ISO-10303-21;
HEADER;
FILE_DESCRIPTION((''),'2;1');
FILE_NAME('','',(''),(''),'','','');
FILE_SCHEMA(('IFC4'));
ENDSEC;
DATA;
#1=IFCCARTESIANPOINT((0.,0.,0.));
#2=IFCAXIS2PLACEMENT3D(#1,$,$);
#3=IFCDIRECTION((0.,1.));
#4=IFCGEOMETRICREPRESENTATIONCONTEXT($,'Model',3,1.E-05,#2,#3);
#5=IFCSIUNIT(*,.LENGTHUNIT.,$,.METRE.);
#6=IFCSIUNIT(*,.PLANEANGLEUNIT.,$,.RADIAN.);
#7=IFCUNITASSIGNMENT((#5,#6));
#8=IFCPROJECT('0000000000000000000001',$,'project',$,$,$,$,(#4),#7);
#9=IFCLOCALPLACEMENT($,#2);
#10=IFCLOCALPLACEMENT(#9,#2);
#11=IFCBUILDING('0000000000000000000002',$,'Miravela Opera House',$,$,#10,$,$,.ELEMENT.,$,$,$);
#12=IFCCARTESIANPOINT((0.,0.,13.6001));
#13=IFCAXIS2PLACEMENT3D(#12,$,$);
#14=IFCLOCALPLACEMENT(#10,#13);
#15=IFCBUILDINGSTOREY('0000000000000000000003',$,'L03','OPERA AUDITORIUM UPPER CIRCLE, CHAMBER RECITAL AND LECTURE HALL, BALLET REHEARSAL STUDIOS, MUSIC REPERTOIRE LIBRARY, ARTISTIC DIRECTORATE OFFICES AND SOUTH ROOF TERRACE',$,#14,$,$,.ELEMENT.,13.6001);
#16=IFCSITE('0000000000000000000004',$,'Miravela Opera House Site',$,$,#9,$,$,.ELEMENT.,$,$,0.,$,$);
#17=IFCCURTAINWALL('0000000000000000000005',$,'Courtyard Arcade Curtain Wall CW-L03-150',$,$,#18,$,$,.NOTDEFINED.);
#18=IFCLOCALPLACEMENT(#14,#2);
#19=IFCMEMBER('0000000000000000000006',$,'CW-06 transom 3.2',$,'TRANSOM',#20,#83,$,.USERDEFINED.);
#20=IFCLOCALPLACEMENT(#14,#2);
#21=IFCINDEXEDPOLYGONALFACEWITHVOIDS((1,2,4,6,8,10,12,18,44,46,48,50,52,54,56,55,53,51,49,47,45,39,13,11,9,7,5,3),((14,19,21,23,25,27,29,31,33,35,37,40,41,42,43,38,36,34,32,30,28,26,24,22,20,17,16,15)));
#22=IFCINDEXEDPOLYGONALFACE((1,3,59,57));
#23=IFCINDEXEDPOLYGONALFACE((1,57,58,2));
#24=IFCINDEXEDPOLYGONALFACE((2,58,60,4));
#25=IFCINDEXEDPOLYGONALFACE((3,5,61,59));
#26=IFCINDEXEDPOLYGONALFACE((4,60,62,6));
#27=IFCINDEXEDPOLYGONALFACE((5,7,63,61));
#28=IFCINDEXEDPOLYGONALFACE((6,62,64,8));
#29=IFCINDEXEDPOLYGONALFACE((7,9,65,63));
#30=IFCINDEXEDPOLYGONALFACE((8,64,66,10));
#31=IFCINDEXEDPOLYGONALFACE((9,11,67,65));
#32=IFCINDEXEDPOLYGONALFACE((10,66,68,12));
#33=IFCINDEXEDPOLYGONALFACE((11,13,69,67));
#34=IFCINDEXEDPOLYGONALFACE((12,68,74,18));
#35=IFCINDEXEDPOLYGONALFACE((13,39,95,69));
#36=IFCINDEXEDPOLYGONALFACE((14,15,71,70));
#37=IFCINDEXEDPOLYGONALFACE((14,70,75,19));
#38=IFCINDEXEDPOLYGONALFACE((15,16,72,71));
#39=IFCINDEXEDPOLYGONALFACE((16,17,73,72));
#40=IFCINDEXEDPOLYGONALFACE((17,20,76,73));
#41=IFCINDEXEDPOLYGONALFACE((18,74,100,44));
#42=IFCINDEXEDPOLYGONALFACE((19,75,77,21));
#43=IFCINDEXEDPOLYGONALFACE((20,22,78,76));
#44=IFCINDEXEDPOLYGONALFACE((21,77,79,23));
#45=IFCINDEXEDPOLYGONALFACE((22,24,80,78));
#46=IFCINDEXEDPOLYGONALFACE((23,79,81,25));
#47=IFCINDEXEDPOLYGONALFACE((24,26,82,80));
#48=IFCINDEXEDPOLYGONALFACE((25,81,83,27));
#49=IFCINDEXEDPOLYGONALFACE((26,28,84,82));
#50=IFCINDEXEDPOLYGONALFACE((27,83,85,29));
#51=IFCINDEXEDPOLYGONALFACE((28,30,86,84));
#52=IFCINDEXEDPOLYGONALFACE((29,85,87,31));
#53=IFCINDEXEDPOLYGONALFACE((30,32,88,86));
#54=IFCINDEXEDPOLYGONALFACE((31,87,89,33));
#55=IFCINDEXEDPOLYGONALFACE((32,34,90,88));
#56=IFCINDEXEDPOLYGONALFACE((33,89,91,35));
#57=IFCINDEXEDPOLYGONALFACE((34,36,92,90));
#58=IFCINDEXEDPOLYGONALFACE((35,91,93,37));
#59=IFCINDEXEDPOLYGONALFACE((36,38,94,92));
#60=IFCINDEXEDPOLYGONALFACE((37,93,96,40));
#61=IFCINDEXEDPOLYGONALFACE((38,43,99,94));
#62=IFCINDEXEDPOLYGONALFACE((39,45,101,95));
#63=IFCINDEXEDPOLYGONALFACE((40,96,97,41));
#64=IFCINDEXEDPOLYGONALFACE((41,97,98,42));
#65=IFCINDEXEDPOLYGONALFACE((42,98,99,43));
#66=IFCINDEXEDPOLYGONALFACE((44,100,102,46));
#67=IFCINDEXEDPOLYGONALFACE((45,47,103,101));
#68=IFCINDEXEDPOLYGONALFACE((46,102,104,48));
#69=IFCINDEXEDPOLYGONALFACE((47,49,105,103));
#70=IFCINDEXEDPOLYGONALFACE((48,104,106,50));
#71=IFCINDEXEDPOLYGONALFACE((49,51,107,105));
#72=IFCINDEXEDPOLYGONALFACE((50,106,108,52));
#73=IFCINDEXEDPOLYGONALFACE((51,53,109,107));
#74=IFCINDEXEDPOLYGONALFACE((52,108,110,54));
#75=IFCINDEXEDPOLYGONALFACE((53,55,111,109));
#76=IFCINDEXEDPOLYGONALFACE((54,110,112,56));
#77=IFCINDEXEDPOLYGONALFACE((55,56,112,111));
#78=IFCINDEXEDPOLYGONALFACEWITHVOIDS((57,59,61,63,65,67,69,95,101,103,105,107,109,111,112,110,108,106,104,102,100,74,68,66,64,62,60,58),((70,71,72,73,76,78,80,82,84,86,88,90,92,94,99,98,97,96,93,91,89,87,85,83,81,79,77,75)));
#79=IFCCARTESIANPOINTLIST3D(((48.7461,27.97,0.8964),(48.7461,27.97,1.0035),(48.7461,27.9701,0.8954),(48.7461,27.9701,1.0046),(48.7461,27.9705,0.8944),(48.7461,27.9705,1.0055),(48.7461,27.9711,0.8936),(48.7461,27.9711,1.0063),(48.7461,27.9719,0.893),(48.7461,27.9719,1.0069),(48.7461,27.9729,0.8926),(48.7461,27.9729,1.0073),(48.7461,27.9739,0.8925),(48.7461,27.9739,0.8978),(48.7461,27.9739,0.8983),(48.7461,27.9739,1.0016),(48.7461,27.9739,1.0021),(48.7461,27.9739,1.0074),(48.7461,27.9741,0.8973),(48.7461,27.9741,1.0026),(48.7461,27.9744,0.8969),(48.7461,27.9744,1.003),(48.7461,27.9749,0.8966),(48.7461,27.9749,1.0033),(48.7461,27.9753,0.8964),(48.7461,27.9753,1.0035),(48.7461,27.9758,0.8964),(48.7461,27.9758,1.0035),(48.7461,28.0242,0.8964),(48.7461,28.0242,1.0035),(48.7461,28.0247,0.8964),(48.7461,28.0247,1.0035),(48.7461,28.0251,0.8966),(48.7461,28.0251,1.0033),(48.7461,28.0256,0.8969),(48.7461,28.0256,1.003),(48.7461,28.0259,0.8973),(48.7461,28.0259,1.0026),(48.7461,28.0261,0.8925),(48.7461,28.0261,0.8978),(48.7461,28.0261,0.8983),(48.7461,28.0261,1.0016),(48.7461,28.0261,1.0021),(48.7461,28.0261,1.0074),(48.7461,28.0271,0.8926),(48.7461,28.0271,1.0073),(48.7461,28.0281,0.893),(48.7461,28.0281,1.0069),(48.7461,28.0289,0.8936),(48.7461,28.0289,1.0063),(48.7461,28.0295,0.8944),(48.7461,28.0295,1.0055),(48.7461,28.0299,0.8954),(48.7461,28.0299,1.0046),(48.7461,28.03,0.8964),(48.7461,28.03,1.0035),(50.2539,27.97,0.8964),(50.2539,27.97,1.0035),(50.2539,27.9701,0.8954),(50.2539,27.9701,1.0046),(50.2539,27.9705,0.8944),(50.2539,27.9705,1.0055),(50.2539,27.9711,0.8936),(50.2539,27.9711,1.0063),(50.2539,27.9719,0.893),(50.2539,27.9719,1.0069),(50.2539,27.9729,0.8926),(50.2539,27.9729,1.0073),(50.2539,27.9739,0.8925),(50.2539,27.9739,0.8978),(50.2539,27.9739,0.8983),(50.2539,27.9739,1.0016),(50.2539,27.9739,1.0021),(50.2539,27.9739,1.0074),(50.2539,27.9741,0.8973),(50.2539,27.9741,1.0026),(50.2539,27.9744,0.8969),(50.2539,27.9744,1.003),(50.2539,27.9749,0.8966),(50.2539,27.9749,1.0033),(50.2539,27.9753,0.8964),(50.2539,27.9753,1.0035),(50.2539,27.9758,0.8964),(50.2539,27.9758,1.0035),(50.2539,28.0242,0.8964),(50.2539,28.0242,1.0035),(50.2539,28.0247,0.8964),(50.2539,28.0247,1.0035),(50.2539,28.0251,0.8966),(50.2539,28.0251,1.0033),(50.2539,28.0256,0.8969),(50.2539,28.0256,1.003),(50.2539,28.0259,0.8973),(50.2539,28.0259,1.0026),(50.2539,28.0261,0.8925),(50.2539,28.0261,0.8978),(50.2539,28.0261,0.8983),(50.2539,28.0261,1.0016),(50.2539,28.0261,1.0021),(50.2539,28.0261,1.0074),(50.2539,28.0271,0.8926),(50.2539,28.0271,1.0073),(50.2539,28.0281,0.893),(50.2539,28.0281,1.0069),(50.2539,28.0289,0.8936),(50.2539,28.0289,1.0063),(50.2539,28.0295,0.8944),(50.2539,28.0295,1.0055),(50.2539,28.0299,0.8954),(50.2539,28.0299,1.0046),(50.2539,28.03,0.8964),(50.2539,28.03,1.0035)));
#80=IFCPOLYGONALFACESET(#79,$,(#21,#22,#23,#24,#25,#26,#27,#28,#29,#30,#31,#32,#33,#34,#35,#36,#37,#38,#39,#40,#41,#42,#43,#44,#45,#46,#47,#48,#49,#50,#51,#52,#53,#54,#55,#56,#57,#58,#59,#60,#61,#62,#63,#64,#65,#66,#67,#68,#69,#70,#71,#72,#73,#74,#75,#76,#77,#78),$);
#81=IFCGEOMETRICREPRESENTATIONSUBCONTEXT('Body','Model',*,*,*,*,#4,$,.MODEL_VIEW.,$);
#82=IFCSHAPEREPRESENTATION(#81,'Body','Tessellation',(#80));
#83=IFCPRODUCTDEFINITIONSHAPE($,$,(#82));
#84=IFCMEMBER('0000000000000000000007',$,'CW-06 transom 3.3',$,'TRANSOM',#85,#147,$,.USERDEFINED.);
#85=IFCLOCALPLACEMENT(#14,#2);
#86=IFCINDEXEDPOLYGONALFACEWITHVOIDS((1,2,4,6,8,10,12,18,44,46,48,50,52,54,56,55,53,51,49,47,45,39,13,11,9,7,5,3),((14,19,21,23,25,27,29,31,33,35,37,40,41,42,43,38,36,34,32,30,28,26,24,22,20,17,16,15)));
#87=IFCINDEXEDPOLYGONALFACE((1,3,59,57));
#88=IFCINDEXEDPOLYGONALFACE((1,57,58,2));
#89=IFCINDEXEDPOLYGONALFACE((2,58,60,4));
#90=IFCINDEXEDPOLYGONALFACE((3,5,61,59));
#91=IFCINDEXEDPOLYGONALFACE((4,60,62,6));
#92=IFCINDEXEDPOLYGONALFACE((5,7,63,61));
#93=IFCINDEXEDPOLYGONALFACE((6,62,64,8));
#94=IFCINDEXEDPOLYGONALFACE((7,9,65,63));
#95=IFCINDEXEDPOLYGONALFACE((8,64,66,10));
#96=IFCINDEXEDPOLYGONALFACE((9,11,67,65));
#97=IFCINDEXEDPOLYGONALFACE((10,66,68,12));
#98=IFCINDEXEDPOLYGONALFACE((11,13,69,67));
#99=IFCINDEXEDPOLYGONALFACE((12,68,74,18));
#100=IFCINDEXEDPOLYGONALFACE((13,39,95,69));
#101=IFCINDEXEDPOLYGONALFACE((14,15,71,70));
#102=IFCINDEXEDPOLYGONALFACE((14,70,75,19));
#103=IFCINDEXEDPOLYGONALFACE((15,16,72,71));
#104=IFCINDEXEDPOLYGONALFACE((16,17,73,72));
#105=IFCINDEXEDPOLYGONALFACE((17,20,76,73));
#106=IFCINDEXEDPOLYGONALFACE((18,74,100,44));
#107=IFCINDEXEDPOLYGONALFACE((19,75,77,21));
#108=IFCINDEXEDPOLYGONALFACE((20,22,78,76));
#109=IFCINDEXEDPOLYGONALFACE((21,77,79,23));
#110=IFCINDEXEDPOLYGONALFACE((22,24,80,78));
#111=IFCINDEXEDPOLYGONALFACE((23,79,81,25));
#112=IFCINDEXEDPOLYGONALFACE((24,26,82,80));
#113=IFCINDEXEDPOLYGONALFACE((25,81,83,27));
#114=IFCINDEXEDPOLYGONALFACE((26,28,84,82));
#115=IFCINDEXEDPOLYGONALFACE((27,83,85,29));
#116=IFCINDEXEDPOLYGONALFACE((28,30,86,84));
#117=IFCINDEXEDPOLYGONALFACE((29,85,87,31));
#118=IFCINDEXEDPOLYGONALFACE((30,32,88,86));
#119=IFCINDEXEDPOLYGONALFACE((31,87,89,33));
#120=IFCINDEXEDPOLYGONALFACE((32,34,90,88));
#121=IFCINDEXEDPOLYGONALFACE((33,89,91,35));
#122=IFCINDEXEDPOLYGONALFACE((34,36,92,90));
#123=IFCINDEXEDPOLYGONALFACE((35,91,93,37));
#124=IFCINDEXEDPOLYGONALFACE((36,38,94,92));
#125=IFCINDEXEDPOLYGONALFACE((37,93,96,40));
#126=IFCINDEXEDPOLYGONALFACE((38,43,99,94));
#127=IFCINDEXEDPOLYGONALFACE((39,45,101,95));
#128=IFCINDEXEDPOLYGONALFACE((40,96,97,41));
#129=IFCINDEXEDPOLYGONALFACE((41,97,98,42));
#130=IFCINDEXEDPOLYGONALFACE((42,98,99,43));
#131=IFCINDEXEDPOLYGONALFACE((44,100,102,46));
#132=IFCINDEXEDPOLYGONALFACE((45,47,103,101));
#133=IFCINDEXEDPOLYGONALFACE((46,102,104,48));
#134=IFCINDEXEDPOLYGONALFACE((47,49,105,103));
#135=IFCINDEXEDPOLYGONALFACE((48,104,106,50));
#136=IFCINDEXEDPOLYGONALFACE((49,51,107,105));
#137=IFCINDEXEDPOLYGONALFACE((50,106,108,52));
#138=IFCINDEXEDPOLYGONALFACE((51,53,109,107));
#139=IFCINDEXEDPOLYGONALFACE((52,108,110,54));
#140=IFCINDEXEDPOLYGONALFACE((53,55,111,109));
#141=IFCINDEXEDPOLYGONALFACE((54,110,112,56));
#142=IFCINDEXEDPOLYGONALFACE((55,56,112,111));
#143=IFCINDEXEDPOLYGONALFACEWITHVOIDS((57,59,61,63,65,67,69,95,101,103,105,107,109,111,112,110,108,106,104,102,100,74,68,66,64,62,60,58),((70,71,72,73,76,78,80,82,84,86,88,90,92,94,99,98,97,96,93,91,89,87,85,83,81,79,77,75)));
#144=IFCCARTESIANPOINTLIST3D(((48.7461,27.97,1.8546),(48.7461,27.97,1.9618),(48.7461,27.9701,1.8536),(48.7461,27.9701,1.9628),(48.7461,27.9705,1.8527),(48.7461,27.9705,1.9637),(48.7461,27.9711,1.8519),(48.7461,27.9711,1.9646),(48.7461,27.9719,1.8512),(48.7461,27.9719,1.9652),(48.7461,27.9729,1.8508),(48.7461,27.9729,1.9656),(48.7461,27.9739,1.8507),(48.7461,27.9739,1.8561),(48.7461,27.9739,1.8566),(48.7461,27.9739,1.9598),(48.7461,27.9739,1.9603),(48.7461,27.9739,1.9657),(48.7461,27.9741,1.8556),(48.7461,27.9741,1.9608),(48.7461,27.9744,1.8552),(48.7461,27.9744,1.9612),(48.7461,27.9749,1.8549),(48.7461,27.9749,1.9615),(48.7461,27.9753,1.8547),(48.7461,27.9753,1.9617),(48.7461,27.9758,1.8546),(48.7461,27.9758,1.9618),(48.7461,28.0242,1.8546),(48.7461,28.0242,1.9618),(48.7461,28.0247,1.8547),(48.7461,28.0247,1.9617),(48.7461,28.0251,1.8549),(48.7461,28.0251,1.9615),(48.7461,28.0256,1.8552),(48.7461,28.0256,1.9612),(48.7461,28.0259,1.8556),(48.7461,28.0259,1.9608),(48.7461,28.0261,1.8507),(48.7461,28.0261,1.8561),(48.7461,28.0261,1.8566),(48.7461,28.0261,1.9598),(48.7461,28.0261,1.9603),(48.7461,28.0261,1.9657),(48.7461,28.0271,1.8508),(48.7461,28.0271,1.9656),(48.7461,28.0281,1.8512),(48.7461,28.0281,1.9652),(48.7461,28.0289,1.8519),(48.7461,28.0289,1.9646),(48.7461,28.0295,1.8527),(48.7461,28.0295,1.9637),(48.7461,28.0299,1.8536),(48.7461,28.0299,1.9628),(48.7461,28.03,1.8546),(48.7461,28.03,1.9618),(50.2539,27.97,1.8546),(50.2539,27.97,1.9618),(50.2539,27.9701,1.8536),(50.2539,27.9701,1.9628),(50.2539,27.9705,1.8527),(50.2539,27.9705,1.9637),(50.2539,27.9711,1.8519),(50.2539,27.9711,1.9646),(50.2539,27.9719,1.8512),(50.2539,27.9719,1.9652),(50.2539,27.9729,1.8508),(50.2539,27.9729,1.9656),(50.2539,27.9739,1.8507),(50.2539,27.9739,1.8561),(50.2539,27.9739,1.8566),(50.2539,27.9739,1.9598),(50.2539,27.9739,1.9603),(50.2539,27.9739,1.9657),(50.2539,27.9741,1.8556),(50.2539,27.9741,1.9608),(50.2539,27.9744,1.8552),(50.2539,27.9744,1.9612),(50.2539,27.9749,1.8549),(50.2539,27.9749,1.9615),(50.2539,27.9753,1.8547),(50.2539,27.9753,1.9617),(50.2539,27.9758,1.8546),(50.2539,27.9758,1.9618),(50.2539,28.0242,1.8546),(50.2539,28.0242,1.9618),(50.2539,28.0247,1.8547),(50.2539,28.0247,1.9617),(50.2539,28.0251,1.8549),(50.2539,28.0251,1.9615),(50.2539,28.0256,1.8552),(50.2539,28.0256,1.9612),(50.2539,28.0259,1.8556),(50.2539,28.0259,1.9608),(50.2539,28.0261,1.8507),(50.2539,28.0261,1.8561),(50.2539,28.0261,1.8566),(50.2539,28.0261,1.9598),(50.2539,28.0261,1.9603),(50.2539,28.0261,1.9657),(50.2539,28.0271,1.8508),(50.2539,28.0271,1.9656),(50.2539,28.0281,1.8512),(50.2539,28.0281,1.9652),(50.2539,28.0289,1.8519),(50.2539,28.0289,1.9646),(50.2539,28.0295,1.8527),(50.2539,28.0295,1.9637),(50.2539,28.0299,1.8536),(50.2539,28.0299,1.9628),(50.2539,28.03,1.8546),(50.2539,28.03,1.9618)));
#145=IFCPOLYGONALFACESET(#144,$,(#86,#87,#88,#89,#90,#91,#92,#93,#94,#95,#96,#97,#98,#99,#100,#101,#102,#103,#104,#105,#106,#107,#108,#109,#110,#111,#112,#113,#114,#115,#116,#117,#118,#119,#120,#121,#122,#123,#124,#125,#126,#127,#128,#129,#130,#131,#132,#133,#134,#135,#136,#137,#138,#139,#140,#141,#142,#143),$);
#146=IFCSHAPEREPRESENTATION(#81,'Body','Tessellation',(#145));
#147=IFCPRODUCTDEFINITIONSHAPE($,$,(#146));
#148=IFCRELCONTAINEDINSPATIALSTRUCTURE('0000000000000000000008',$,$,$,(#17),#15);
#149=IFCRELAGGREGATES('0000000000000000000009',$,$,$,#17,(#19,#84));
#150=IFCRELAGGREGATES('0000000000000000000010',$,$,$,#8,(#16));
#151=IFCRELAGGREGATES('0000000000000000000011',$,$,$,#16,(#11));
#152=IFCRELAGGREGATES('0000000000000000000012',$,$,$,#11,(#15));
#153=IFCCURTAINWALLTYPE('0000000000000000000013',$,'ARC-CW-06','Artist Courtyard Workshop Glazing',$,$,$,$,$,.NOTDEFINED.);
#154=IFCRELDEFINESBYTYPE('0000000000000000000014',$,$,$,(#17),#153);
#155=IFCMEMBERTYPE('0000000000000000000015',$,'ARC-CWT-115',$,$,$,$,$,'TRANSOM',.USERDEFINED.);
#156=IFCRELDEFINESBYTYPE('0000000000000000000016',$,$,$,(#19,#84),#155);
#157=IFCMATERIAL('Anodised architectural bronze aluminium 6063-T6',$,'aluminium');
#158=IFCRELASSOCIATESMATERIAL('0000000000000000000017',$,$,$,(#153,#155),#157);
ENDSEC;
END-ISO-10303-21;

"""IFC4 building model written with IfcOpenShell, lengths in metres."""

from ifc_helpers import new_model, si_unit, direction, frame, origin, origin_2d, place, context, subcontext, project, spatial, hollow_rectangle, extrude, material, material_profile, profile_set, type_object, element, aggregate, save


model = new_model("IFC4")

# Units and contexts
model_context = context("Model", 3, precision=1e-05, world=origin(), true_north=direction((0.0, 1.0)))
body_context = subcontext(model_context, "Body", "Model", "MODEL_VIEW")
ifc_project = project(units=[si_unit("LENGTHUNIT", "METRE"), si_unit("PLANEANGLEUNIT", "RADIAN")], contexts=[model_context])

# Site, building, storey
site_placement = place(None, origin())
site = spatial("IfcSite", under=ifc_project, at=site_placement, Name="Miravela Opera House Site", CompositionType="ELEMENT", RefElevation=0.0)
building_placement = place(site_placement, origin())
building = spatial("IfcBuilding", under=site, at=building_placement, Name="Miravela Opera House", CompositionType="ELEMENT")
storey_placement = place(building_placement, frame((0.0, 0.0, 13.6001)))
storey = spatial("IfcBuildingStorey", under=building, at=storey_placement, Name="L03", Description="OPERA AUDITORIUM UPPER CIRCLE, CHAMBER RECITAL AND LECTURE HALL, BALLET REHEARSAL STUDIOS, MUSIC REPERTOIRE LIBRARY, ARTISTIC DIRECTORATE OFFICES AND SOUTH ROOF TERRACE", CompositionType="ELEMENT", Elevation=13.6001)

# Curtain wall
ifc_material_1 = material(Name="Anodised architectural bronze aluminium 6063-T6", Category="aluminium")
curtain_wall_type = type_object("IfcCurtainWallType", Name="ARC-CW-06", Description="Artist Courtyard Workshop Glazing", PredefinedType="NOTDEFINED", material=ifc_material_1)
curtain_wall_1_placement = place(storey_placement, origin())
curtain_wall_1 = element("IfcCurtainWall", 1, at=curtain_wall_1_placement, inside=storey, type_object=curtain_wall_type, Name="Courtyard Arcade Curtain Wall CW-L03-150", PredefinedType="NOTDEFINED")

# Members
ifc_material_profile_1 = material_profile(ifc_material_1, hollow_rectangle(XDim=0.0601, YDim=0.115, WallThickness=0.0039, InnerFilletRadius=0.002, OuterFilletRadius=0.0039, at=origin_2d()), Name="CWT-60X115")
ifc_profile_set_1 = profile_set([ifc_material_profile_1])
member_type_1 = type_object("IfcMemberType", Name="ARC-CWT-115", ElementType="TRANSOM", PredefinedType="USERDEFINED", material=ifc_profile_set_1)
member_1_placement = place(storey_placement, frame((48.7461, 28.0, 0.95), z_axis=(1.0, 0.0, 0.0), x_axis=(0.0, 1.0, 0.0)))
member_1 = element("IfcMember", 2, at=member_1_placement, type_object=member_type_1, Name="CW-06 transom 3.2", ObjectType="TRANSOM", PredefinedType="USERDEFINED", context=body_context, shape_type="SweptSolid", body=[
    extrude(hollow_rectangle(XDim=0.0601, YDim=0.115, WallThickness=0.0039, InnerFilletRadius=0.002, OuterFilletRadius=0.0039, at=origin_2d()), origin(), (0.0, 0.0, 1.0), 1.5078),
])
member_2_placement = place(storey_placement, frame((48.7461, 28.0, 1.9082), z_axis=(1.0, 0.0, 0.0), x_axis=(0.0, 1.0, 0.0)))
member_2 = element("IfcMember", 3, at=member_2_placement, type_object=member_type_1, Name="CW-06 transom 3.3", ObjectType="TRANSOM", PredefinedType="USERDEFINED", context=body_context, shape_type="SweptSolid", body=[
    extrude(hollow_rectangle(XDim=0.0601, YDim=0.115, WallThickness=0.0039, InnerFilletRadius=0.002, OuterFilletRadius=0.0039, at=origin_2d()), origin(), (0.0, 0.0, 1.0), 1.5078),
])

aggregate(curtain_wall_1, [member_1, member_2])

save(model, "model.ifc")
